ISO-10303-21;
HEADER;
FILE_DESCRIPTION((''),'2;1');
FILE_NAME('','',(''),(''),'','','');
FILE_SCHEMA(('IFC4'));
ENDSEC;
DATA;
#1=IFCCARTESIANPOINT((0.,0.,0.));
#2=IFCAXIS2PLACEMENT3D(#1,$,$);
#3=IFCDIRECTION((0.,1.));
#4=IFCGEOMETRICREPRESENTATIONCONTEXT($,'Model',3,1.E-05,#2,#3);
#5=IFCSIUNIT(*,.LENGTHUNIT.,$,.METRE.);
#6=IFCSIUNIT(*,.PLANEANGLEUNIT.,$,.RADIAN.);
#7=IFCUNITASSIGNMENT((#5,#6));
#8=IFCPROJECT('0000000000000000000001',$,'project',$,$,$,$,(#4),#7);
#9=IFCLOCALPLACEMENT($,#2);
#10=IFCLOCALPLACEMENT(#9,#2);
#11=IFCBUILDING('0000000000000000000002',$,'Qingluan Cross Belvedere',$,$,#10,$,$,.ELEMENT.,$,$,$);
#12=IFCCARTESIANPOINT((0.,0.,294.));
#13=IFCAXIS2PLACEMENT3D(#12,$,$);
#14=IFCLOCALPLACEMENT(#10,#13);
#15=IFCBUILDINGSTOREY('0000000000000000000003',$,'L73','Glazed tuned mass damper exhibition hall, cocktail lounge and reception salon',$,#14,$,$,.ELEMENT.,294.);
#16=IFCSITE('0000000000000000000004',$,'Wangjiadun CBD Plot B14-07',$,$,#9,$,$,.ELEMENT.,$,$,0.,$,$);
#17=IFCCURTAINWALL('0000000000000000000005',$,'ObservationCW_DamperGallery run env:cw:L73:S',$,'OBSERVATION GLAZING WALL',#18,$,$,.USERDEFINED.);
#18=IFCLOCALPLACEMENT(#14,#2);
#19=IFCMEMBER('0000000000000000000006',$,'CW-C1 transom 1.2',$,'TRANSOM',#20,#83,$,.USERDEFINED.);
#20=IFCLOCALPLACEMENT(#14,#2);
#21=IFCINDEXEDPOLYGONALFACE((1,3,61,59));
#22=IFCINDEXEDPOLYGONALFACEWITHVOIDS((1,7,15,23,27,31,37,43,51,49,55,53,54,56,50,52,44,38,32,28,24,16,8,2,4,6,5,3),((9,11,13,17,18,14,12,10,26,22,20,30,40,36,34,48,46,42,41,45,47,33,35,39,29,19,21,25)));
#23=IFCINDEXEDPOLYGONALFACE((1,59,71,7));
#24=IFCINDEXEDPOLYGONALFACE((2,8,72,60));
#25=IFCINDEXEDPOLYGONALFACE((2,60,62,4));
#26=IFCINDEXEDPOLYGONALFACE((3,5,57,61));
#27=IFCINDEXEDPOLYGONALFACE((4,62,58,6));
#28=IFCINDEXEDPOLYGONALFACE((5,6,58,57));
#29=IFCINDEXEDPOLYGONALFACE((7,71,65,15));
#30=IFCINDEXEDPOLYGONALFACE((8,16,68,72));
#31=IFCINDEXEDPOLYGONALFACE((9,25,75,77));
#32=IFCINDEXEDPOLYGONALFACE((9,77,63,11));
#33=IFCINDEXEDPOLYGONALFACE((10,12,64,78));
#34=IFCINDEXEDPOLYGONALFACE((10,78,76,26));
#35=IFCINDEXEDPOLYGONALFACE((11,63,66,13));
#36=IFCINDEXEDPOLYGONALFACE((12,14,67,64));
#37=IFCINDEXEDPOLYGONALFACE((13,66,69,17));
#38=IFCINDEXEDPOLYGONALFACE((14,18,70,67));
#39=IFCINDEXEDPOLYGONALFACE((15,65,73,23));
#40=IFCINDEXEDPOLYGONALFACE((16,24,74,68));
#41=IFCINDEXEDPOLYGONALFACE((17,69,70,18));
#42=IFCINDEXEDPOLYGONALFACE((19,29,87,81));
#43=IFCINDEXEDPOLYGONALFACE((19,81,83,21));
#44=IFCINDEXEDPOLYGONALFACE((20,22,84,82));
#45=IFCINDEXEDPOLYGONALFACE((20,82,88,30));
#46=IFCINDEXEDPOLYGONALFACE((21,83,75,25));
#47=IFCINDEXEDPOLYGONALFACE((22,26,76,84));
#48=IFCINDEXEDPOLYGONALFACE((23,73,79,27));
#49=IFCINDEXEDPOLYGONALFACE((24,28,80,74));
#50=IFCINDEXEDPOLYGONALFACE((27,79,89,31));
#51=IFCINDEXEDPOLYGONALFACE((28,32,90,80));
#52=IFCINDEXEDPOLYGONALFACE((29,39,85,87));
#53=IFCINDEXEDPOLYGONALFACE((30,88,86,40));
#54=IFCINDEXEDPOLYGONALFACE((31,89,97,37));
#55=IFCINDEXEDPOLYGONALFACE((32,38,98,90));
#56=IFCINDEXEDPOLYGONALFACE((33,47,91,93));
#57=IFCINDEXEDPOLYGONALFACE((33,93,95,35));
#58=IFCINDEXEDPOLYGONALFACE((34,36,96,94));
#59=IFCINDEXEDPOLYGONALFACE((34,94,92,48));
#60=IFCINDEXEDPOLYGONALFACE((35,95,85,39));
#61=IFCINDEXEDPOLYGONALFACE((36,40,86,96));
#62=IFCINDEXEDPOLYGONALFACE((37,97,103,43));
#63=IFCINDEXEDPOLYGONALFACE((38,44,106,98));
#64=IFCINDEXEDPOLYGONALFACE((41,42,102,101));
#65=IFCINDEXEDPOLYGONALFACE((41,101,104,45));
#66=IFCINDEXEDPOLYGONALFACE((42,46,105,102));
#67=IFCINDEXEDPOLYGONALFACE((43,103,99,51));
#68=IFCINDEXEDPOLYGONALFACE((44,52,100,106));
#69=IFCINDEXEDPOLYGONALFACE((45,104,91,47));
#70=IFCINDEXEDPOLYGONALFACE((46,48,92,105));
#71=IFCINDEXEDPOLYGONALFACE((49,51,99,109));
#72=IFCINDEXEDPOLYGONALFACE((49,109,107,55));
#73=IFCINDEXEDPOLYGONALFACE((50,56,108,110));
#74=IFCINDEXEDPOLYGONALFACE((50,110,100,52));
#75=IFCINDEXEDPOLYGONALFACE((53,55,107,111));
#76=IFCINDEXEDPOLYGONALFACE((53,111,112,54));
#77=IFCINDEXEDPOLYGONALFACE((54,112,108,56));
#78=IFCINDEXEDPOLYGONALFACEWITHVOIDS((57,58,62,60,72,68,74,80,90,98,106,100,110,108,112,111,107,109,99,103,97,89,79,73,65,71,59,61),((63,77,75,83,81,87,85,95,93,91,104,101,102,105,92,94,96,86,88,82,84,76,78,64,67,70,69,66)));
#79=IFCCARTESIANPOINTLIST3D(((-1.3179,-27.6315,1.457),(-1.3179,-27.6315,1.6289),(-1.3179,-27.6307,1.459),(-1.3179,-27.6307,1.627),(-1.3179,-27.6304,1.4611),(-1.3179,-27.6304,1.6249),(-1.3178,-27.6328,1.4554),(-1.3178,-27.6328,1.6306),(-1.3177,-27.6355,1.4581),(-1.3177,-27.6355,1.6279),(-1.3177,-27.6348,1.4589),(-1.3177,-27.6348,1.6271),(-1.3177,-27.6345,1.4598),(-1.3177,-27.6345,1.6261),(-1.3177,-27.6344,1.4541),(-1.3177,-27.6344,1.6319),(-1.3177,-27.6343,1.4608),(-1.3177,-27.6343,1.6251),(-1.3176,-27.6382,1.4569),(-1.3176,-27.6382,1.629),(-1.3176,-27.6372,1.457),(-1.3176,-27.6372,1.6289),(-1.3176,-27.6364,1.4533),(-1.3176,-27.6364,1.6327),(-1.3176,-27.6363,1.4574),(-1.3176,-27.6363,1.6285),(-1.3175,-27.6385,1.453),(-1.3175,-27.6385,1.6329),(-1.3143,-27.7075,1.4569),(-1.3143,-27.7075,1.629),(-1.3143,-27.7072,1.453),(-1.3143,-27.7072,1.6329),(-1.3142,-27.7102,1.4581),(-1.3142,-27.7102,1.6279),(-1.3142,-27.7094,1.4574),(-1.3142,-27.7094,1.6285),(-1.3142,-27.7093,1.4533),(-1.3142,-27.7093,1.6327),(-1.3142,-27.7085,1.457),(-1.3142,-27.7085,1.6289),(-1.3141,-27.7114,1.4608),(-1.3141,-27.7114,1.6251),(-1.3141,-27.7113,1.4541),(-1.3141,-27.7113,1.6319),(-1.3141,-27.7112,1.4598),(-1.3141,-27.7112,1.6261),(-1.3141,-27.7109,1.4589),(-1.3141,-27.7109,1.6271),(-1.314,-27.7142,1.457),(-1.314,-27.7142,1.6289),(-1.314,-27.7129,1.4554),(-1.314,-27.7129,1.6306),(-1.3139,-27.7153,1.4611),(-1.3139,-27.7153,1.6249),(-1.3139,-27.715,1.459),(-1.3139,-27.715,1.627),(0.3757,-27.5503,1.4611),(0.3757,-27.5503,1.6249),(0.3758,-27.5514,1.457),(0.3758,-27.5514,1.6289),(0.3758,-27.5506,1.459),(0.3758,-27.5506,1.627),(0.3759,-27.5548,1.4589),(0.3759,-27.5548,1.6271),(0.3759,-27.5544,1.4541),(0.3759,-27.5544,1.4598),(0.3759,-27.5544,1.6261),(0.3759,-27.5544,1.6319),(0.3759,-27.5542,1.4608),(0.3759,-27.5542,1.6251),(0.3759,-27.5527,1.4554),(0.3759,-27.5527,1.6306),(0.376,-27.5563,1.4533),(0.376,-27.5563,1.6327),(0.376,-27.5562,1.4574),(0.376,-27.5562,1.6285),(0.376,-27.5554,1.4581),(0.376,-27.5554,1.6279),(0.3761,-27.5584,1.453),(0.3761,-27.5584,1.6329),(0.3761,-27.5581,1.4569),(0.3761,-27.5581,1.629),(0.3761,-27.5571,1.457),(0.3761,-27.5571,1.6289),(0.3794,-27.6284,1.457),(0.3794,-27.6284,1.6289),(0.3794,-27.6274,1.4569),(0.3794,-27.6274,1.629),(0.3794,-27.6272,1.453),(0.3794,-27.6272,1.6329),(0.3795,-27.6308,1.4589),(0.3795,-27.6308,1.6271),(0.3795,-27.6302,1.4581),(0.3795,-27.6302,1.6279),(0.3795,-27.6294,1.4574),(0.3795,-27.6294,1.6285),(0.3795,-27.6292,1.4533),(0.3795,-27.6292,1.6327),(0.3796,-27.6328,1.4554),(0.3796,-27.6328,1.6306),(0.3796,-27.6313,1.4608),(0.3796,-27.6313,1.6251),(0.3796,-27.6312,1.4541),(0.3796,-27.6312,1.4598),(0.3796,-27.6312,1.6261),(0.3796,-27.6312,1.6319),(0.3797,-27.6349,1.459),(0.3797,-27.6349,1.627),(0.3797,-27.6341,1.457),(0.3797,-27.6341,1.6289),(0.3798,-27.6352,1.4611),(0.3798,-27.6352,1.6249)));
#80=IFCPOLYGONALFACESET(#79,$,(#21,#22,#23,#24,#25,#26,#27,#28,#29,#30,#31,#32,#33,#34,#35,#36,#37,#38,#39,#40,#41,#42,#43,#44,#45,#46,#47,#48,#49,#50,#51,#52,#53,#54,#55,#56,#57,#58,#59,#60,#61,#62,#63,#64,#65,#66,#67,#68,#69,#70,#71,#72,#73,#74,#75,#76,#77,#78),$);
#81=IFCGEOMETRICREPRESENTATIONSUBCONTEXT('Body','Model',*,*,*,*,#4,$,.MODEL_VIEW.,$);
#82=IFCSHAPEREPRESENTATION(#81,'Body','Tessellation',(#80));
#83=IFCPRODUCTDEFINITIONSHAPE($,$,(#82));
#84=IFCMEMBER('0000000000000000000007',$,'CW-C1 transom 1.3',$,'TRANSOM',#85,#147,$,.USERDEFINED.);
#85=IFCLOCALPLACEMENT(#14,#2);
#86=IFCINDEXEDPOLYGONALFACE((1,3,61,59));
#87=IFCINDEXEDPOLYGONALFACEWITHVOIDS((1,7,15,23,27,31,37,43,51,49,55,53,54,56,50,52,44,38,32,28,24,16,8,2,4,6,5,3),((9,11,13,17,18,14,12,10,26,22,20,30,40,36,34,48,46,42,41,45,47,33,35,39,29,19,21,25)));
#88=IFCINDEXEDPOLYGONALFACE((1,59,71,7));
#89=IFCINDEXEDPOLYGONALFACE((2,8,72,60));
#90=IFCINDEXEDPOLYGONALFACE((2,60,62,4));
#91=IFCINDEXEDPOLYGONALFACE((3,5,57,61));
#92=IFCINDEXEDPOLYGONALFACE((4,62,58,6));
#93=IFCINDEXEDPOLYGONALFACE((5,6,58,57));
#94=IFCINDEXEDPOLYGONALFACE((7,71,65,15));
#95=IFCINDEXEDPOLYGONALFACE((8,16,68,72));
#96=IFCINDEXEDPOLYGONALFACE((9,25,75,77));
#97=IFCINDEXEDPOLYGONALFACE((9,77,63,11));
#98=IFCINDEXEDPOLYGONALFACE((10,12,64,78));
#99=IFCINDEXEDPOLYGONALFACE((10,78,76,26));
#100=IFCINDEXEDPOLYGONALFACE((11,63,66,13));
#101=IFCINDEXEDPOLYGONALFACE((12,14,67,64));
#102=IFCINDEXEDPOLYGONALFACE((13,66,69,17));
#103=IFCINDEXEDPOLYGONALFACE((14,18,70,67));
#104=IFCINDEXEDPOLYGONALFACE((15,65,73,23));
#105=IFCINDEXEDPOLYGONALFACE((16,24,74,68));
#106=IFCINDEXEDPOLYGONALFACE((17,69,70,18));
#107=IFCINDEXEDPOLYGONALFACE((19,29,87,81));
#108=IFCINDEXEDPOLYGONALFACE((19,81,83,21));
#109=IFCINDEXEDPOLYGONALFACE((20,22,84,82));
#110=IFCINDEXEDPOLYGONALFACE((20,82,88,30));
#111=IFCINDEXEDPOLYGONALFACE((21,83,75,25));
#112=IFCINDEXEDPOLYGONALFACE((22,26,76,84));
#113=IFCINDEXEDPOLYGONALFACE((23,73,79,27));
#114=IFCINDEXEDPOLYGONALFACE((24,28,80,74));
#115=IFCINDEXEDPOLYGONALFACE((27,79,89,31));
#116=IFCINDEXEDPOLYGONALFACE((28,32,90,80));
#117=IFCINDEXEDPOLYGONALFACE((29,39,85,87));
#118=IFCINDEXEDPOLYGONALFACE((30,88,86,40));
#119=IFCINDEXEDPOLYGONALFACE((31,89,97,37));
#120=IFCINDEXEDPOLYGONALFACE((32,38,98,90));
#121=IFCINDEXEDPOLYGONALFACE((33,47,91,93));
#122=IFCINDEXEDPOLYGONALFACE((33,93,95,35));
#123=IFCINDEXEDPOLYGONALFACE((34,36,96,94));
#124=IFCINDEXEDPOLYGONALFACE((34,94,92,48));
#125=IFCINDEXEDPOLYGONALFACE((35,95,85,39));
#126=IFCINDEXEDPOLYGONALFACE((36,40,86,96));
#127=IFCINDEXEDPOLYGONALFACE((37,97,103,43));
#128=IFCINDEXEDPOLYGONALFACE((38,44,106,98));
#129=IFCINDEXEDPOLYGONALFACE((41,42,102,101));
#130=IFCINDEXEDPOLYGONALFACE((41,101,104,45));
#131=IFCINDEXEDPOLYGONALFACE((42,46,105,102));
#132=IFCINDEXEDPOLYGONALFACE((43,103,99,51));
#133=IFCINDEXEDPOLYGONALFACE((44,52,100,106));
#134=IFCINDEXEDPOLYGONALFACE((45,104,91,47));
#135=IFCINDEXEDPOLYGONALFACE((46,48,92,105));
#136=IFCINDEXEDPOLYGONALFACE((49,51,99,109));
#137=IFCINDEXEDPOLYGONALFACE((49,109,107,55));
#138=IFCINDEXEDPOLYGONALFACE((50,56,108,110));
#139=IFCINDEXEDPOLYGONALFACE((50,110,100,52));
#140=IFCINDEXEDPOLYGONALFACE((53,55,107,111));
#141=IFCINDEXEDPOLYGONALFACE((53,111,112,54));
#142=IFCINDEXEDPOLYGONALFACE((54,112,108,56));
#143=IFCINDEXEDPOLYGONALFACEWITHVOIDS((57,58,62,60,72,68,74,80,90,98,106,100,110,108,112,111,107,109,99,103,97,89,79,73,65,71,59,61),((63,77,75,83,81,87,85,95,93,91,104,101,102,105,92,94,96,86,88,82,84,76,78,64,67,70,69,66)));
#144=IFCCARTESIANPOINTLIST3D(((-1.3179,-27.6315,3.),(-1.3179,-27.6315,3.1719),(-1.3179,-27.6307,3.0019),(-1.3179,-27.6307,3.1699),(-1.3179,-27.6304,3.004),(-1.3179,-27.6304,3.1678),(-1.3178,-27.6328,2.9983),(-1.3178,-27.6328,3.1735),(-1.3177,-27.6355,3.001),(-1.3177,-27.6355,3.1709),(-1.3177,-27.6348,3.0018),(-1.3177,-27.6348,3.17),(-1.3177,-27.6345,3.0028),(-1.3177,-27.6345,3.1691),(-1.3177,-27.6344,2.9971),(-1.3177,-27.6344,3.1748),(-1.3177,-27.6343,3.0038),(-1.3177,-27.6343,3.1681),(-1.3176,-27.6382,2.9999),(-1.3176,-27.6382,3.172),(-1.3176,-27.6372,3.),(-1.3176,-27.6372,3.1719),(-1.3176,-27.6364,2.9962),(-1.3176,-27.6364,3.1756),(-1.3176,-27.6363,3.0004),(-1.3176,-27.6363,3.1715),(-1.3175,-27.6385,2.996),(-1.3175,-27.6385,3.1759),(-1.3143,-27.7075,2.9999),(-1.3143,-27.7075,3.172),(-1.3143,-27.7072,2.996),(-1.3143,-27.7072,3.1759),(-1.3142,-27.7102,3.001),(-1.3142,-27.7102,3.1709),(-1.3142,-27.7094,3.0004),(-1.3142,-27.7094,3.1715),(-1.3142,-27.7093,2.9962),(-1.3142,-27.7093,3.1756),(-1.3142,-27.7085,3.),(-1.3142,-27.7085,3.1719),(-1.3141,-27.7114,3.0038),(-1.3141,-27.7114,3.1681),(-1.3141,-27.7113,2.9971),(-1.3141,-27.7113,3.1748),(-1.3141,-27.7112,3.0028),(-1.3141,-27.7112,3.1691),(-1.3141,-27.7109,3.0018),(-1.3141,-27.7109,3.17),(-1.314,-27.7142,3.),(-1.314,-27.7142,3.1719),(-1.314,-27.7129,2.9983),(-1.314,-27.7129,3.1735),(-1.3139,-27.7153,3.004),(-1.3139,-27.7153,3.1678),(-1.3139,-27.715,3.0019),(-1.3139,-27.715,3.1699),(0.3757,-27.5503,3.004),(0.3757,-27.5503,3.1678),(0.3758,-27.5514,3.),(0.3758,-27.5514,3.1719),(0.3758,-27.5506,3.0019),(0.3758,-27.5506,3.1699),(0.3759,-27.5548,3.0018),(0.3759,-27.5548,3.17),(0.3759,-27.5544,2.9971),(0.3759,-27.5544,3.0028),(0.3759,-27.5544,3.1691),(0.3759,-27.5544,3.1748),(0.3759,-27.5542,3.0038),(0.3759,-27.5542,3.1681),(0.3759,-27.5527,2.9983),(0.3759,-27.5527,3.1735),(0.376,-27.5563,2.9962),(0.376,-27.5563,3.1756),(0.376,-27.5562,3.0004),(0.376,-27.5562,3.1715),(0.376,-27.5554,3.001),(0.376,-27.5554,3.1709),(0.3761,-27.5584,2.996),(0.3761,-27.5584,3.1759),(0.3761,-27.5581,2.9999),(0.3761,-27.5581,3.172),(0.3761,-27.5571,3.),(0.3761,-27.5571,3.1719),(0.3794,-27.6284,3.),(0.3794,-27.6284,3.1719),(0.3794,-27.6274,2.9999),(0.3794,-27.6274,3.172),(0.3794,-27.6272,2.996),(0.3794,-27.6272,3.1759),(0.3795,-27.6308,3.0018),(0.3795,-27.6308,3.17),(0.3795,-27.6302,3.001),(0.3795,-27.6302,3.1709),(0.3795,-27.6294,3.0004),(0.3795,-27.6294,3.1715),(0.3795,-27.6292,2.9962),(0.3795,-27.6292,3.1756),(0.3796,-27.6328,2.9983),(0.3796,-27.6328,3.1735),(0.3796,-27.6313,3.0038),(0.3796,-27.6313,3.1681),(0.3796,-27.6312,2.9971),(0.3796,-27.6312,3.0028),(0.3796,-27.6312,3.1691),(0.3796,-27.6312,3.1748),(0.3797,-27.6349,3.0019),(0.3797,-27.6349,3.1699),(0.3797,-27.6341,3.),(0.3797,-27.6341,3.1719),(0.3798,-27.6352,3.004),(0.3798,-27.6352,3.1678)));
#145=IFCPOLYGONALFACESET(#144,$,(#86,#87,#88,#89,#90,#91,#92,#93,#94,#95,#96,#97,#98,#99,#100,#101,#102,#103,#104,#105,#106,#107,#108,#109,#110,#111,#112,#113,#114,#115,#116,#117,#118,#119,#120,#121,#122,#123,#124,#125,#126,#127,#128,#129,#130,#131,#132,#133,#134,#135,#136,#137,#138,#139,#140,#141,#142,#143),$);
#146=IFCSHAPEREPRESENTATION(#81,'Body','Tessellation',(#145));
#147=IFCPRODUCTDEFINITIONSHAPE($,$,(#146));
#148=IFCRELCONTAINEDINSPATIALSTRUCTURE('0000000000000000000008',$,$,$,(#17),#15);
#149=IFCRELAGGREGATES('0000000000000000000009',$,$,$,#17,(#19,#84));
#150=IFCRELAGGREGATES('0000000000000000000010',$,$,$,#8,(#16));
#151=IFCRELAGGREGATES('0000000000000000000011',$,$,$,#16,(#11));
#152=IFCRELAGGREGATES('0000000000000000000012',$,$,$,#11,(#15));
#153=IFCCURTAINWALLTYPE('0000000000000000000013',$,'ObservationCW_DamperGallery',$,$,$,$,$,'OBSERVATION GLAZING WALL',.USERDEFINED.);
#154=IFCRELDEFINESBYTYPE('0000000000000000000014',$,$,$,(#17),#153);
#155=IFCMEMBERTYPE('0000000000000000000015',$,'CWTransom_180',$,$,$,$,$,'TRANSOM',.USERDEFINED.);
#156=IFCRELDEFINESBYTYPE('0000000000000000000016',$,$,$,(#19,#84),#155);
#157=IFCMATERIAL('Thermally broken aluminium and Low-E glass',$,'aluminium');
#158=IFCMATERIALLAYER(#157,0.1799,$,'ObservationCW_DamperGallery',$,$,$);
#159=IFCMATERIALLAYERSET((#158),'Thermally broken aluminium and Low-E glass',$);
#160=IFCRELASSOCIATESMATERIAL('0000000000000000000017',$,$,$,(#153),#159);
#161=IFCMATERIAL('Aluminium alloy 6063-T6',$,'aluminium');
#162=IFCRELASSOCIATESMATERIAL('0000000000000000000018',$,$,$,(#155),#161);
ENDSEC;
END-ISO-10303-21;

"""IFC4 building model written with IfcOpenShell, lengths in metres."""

from ifc_helpers import new_model, si_unit, direction, frame, origin, origin_2d, place, context, subcontext, project, spatial, hollow_rectangle, extrude, material, layer, layer_set, material_profile, profile_set, type_object, element, aggregate, save


model = new_model("IFC4")

# Units and contexts
model_context = context("Model", 3, precision=1e-05, world=origin(), true_north=direction((0.0, 1.0)))
body_context = subcontext(model_context, "Body", "Model", "MODEL_VIEW")
ifc_project = project(units=[si_unit("LENGTHUNIT", "METRE"), si_unit("PLANEANGLEUNIT", "RADIAN")], contexts=[model_context])

# Site, building, storey
site_placement = place(None, origin())
site = spatial("IfcSite", under=ifc_project, at=site_placement, Name="Wangjiadun CBD Plot B14-07", CompositionType="ELEMENT", RefElevation=0.0)
building_placement = place(site_placement, origin())
building = spatial("IfcBuilding", under=site, at=building_placement, Name="Qingluan Cross Belvedere", CompositionType="ELEMENT")
storey_placement = place(building_placement, frame((0.0, 0.0, 294.0)))
storey = spatial("IfcBuildingStorey", under=building, at=storey_placement, Name="L73", Description="Glazed tuned mass damper exhibition hall, cocktail lounge and reception salon", CompositionType="ELEMENT", Elevation=294.0)

# Curtain wall, members
ifc_material_1 = material(Name="Thermally broken aluminium and Low-E glass", Category="aluminium")
ifc_layer_1 = layer(ifc_material_1, 0.1799, Name="ObservationCW_DamperGallery")
ifc_layer_set_1 = layer_set([ifc_layer_1], Name="Thermally broken aluminium and Low-E glass")
curtain_wall_type = type_object("IfcCurtainWallType", Name="ObservationCW_DamperGallery", ElementType="OBSERVATION GLAZING WALL", PredefinedType="USERDEFINED", material=ifc_layer_set_1)
curtain_wall_placement = place(storey_placement, origin())
curtain_wall = element("IfcCurtainWall", 1, at=curtain_wall_placement, inside=storey, type_object=curtain_wall_type, Name="ObservationCW_DamperGallery run env:cw:L73:S", ObjectType="OBSERVATION GLAZING WALL", PredefinedType="USERDEFINED")
ifc_material_2 = material(Name="Aluminium alloy 6063-T6", Category="aluminium")
ifc_material_profile_1 = material_profile(ifc_material_2, hollow_rectangle(XDim=0.085, YDim=0.1799, WallThickness=0.0039, InnerFilletRadius=0.0039, OuterFilletRadius=0.0081, at=origin_2d()), Name="CWT180x85x4")
ifc_profile_set_1 = profile_set([ifc_material_profile_1], Name="Aluminium alloy 6063-T6")
member_type_1 = type_object("IfcMemberType", Name="CWTransom_180", ElementType="TRANSOM", PredefinedType="USERDEFINED", material=ifc_profile_set_1)
member_1_placement = place(storey_placement, frame((-1.3159, -27.6729, 1.543), z_axis=(0.998884, 0.04723, 0.0), x_axis=(-0.04723, 0.998884, 0.0)))
member_1 = element("IfcMember", 2, at=member_1_placement, type_object=member_type_1, Name="CW-C1 transom 1.2", ObjectType="TRANSOM", PredefinedType="USERDEFINED", context=body_context, shape_type="SweptSolid", body=[
    extrude(hollow_rectangle(XDim=0.085, YDim=0.1799, WallThickness=0.0039, InnerFilletRadius=0.0039, OuterFilletRadius=0.0081, at=origin_2d()), origin(), (0.0, 0.0, 1.0), 1.6956),
])
member_2_placement = place(storey_placement, frame((-1.3159, -27.6729, 3.0859), z_axis=(0.998884, 0.04723, 0.0), x_axis=(-0.04723, 0.998884, 0.0)))
member_2 = element("IfcMember", 3, at=member_2_placement, type_object=member_type_1, Name="CW-C1 transom 1.3", ObjectType="TRANSOM", PredefinedType="USERDEFINED", context=body_context, shape_type="SweptSolid", body=[
    extrude(hollow_rectangle(XDim=0.085, YDim=0.1799, WallThickness=0.0039, InnerFilletRadius=0.0039, OuterFilletRadius=0.0081, at=origin_2d()), origin(), (0.0, 0.0, 1.0), 1.6956),
])

aggregate(curtain_wall, [member_1, member_2])

save(model, "model.ifc")
